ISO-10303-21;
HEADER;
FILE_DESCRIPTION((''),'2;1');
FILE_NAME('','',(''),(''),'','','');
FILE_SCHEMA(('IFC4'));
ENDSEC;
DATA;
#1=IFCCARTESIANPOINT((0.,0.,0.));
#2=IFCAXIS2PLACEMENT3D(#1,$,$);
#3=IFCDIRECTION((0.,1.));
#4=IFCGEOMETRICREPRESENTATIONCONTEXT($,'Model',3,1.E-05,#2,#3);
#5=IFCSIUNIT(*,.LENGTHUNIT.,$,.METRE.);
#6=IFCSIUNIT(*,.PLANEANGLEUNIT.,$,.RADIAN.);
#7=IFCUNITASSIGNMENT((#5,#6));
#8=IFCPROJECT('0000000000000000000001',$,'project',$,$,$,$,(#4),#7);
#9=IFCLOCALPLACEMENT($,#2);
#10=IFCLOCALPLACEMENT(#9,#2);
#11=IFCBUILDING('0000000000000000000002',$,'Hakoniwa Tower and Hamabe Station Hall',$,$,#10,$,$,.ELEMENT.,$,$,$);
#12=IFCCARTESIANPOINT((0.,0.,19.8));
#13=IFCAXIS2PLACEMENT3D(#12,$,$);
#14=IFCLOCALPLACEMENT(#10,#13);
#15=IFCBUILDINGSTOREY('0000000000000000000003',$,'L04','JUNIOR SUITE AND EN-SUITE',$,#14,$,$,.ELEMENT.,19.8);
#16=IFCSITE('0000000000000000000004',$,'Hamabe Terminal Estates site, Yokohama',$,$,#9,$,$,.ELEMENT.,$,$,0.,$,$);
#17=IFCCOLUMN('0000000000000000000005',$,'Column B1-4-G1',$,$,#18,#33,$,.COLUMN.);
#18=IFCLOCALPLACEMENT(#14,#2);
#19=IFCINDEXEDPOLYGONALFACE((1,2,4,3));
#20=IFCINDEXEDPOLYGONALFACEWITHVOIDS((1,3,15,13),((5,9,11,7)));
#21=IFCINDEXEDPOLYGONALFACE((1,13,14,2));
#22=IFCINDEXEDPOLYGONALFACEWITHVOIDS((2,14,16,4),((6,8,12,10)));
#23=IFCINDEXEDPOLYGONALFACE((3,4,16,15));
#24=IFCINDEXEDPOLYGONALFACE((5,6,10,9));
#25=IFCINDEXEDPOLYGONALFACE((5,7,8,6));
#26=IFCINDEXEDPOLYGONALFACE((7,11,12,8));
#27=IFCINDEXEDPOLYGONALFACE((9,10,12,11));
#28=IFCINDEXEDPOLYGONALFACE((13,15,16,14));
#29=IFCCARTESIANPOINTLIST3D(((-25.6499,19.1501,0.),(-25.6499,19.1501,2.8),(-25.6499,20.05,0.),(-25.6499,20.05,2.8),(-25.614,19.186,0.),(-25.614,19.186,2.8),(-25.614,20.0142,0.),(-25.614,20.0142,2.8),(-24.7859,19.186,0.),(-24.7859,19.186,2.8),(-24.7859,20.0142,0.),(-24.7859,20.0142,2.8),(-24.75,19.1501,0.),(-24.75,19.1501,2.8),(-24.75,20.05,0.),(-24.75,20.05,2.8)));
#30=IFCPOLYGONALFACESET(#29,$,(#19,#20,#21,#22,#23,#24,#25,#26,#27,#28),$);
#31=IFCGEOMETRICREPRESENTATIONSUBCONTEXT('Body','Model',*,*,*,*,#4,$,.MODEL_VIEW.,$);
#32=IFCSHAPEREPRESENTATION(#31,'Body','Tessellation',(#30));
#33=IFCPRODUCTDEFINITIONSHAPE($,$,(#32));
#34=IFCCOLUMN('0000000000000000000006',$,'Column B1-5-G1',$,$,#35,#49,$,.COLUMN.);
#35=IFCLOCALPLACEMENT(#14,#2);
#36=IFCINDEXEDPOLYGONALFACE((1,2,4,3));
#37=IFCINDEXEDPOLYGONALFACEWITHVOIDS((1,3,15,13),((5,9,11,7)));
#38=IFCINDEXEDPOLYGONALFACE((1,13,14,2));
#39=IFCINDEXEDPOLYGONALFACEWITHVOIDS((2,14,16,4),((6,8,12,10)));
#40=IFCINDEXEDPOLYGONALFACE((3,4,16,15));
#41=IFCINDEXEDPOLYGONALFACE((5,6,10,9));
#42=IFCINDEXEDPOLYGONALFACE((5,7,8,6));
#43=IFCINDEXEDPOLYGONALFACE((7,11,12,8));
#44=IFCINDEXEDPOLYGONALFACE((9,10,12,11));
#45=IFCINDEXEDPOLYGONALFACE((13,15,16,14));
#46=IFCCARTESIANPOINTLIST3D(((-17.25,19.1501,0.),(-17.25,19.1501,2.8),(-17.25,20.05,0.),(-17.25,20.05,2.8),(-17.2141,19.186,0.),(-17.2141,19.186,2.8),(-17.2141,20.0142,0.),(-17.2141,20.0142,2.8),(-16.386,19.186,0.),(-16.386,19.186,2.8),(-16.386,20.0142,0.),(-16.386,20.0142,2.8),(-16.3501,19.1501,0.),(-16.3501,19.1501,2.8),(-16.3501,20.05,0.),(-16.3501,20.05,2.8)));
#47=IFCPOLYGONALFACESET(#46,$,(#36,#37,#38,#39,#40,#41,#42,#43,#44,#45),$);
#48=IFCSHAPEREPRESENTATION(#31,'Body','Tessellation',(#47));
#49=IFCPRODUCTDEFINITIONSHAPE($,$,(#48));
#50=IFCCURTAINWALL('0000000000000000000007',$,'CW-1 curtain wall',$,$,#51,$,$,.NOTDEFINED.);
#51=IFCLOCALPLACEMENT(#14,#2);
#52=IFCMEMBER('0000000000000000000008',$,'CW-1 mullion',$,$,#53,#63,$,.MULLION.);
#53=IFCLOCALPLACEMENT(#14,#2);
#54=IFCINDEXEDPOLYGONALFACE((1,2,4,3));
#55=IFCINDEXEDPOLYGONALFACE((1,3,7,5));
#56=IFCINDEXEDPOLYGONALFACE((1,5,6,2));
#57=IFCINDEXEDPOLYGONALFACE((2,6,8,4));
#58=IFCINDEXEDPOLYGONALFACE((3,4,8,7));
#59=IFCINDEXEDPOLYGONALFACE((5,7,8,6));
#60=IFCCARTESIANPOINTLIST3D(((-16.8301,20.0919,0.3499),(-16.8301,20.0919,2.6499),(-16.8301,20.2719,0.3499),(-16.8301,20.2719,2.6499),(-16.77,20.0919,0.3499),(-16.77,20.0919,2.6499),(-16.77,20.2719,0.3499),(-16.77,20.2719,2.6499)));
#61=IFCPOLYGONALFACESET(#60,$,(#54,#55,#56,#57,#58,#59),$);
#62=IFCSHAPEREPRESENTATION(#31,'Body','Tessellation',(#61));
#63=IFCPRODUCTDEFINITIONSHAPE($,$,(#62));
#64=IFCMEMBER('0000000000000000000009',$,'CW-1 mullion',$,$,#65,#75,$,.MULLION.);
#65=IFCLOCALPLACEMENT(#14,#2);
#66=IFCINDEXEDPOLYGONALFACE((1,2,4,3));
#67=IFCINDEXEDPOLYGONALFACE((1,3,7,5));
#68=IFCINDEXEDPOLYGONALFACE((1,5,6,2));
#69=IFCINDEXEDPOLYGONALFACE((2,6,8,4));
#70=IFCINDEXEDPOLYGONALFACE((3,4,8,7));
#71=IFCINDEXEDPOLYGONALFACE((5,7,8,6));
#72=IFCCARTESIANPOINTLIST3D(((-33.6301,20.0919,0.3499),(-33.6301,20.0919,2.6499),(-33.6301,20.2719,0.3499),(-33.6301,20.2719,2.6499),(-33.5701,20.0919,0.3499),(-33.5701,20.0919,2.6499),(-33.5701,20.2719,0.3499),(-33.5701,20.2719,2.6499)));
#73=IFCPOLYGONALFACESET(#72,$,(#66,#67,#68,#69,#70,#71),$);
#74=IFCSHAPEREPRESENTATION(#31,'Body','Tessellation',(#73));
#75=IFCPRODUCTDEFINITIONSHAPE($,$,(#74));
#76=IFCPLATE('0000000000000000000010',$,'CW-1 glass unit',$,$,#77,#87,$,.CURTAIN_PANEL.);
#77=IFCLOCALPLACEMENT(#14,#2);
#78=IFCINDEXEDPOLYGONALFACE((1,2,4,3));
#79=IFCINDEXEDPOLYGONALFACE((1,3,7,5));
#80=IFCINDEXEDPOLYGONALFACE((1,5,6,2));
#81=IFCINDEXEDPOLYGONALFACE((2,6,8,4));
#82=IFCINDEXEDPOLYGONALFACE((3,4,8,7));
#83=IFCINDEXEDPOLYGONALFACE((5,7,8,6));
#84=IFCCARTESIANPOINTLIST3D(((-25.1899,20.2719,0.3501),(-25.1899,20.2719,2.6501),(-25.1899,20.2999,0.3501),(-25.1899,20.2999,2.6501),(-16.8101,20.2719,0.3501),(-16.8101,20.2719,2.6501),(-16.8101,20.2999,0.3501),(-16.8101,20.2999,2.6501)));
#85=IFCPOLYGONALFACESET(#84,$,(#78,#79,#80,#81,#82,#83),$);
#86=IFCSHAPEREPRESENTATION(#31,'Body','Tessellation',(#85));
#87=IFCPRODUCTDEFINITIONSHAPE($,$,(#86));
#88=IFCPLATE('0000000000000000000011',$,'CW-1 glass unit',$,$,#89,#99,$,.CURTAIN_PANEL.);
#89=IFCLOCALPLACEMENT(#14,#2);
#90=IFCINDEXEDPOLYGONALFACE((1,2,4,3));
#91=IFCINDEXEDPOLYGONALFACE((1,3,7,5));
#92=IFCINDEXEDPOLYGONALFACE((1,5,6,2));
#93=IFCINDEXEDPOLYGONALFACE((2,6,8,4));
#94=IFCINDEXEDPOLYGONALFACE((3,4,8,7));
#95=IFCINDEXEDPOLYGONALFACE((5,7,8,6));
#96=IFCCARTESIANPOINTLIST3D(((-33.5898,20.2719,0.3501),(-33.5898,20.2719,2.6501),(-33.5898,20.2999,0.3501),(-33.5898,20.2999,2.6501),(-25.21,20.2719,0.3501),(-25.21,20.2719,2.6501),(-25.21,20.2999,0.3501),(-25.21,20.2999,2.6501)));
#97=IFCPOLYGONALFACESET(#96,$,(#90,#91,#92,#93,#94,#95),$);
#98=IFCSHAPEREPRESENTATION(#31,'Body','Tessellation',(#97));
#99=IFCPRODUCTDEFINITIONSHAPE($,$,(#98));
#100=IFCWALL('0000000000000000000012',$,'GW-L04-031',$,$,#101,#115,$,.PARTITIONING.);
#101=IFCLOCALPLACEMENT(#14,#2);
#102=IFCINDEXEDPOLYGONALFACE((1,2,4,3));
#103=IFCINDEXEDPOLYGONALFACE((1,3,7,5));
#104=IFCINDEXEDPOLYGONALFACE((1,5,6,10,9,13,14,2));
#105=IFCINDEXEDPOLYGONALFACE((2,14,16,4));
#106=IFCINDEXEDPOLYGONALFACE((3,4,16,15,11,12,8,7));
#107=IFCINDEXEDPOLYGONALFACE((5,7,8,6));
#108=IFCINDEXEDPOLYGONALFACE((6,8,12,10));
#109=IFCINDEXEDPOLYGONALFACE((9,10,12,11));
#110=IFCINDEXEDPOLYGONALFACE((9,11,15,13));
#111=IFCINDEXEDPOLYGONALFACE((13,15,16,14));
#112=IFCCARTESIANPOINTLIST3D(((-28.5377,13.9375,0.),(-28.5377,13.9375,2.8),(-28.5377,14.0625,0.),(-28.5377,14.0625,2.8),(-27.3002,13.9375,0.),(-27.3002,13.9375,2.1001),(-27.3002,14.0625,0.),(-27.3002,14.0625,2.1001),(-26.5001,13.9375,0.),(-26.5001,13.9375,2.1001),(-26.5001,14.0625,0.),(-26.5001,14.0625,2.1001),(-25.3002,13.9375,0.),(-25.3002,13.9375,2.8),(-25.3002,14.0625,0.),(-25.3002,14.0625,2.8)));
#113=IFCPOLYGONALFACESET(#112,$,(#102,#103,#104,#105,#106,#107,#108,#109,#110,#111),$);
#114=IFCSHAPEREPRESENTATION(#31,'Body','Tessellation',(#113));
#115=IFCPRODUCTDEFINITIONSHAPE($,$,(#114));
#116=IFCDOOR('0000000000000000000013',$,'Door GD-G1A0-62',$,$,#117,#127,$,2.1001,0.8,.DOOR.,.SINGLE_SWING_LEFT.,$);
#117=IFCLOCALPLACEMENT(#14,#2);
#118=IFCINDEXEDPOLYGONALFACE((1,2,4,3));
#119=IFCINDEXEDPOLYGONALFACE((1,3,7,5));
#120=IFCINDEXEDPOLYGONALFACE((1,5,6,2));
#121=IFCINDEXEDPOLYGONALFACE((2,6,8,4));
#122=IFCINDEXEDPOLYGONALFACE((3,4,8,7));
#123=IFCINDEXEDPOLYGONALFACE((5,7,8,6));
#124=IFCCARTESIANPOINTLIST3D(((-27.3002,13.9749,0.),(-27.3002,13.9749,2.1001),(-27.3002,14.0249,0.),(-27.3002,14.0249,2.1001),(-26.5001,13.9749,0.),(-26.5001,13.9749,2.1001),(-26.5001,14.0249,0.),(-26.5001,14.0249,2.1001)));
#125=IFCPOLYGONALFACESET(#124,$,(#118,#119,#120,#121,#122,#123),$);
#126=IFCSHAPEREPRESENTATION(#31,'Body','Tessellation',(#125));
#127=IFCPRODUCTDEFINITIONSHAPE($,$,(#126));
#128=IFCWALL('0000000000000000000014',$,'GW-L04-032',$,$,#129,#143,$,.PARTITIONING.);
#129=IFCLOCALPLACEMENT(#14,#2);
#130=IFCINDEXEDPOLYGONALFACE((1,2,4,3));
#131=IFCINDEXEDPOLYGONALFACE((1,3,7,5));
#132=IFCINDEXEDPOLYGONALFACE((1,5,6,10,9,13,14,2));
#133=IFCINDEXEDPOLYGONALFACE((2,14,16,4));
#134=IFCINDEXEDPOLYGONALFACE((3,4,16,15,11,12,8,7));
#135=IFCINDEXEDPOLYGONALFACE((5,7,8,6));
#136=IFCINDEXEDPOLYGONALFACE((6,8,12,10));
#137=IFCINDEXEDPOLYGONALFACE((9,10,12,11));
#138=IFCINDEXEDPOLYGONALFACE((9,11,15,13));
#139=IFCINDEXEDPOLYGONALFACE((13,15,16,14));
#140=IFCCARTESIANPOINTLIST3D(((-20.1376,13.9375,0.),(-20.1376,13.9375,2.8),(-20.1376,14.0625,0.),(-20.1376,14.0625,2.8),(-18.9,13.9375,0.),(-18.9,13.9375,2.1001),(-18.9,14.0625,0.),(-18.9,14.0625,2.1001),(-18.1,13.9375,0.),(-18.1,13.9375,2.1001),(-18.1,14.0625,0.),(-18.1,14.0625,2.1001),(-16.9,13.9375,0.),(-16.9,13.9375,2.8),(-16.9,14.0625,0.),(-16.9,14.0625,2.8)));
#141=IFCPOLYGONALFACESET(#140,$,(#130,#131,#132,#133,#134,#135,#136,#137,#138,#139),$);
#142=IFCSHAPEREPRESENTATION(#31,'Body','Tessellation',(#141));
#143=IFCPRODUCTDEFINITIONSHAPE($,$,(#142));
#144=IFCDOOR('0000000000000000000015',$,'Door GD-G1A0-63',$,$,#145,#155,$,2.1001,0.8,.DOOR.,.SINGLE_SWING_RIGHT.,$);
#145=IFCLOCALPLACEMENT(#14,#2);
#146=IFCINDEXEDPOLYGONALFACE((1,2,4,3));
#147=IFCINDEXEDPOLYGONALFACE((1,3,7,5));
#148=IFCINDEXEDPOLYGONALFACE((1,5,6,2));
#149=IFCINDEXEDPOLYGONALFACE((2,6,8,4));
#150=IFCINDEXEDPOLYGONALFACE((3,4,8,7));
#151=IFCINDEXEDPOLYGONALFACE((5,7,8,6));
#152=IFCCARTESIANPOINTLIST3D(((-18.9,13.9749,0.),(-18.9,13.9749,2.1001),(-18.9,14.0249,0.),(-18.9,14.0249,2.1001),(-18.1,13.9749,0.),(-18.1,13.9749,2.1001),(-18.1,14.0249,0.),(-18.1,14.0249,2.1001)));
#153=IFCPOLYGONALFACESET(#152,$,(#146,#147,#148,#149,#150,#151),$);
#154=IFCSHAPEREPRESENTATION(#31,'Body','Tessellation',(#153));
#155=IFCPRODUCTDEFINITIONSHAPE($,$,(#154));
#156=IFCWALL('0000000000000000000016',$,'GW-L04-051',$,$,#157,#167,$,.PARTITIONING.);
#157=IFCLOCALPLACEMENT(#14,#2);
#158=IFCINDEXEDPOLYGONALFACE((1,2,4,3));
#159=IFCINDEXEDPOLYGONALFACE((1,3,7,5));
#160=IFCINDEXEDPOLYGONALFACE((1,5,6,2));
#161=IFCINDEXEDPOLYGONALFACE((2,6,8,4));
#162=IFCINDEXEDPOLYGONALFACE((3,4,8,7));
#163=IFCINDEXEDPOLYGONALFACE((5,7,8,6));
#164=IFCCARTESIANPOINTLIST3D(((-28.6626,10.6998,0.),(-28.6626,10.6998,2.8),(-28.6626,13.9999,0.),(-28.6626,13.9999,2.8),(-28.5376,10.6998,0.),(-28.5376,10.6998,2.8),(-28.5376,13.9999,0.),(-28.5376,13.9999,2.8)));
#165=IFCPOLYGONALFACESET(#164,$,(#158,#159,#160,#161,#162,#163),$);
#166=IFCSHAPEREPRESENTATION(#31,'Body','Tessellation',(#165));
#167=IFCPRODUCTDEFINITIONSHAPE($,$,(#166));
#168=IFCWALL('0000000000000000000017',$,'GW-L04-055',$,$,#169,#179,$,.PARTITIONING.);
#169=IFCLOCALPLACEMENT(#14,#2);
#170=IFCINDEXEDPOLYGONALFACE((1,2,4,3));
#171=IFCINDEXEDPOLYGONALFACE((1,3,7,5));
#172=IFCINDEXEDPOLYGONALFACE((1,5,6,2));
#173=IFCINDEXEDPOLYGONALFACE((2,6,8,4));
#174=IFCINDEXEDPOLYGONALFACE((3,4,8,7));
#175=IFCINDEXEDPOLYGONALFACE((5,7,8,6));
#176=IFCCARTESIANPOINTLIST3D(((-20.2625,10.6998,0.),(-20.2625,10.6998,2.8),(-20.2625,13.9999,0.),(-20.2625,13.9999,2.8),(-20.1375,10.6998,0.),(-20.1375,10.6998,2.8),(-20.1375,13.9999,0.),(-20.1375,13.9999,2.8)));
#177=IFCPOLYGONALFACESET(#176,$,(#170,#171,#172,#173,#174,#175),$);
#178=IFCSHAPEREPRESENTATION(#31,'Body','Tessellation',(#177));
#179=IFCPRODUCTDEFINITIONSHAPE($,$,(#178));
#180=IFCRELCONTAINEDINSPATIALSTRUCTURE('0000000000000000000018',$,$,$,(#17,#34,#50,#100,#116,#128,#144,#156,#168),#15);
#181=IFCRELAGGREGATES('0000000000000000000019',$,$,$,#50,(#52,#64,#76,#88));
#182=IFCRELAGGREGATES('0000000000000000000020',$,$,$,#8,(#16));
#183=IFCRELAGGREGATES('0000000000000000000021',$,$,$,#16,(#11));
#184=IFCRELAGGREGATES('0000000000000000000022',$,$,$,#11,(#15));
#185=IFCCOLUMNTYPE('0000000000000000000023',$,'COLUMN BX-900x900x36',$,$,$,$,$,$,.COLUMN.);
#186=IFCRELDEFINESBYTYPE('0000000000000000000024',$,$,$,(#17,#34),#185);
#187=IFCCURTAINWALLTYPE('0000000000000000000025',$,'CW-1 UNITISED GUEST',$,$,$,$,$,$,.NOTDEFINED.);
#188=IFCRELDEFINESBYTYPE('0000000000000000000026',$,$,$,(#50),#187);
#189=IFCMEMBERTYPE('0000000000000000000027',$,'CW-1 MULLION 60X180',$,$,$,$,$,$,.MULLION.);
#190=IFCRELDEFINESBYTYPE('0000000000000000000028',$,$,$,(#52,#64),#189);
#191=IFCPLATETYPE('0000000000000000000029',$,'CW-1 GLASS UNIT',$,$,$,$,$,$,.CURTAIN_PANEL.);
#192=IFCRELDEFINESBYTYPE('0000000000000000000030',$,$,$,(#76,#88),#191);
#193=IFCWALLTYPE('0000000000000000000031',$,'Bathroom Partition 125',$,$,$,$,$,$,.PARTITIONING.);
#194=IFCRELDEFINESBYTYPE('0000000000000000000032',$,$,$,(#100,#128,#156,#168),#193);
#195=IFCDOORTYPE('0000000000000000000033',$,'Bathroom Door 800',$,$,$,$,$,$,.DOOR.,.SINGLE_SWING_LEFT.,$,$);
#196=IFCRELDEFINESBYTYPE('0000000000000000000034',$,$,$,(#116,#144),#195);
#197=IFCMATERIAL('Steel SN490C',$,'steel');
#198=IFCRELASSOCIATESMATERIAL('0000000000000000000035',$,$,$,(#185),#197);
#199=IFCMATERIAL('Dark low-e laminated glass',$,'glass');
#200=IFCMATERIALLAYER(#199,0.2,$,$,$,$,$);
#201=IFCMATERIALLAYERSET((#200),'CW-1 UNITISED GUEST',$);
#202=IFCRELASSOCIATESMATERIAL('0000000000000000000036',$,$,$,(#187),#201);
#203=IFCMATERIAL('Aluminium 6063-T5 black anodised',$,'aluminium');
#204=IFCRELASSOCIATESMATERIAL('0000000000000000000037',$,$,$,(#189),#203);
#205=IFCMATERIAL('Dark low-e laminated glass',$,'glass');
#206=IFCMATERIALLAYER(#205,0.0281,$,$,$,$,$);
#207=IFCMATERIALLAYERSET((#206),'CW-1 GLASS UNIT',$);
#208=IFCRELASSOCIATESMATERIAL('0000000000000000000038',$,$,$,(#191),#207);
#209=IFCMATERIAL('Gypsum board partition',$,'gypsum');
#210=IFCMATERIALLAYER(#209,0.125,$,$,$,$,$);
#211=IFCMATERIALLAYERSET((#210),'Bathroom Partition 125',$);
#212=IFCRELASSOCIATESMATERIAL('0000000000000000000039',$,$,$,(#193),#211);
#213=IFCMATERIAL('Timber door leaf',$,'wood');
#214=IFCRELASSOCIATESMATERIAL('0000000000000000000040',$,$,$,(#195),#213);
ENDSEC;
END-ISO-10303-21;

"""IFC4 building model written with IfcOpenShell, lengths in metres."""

from ifc_helpers import new_model, si_unit, direction, frame, frame_2d, origin, origin_2d, place, context, subcontext, project, spatial, rectangle, hollow_rectangle, extrude, material, layer, layer_set, material_profile, profile_set, type_object, element, fill, aggregate, save


model = new_model("IFC4")

# Units and contexts
model_context = context("Model", 3, precision=1e-05, world=origin(), true_north=direction((0.0, 1.0)))
body_context = subcontext(model_context, "Body", "Model", "MODEL_VIEW")
ifc_project = project(units=[si_unit("LENGTHUNIT", "METRE"), si_unit("PLANEANGLEUNIT", "RADIAN")], contexts=[model_context])

# Site, building, storey
site_placement = place(None, origin())
site = spatial("IfcSite", under=ifc_project, at=site_placement, Name="Hamabe Terminal Estates site, Yokohama", CompositionType="ELEMENT", RefElevation=0.0)
building_placement = place(site_placement, origin())
building = spatial("IfcBuilding", under=site, at=building_placement, Name="Hakoniwa Tower and Hamabe Station Hall", CompositionType="ELEMENT")
storey_placement = place(building_placement, frame((0.0, 0.0, 19.8)))
storey = spatial("IfcBuildingStorey", under=building, at=storey_placement, Name="L04", Description="JUNIOR SUITE AND EN-SUITE", CompositionType="ELEMENT", Elevation=19.8)

# Columns
ifc_material_1 = material(Name="Steel SN490C", Category="steel")
ifc_material_profile_1 = material_profile(ifc_material_1, hollow_rectangle(XDim=0.8999, YDim=0.8999, WallThickness=0.0359, at=origin_2d()), Name="BX-900x900x36")
ifc_profile_set_1 = profile_set([ifc_material_profile_1], Name="Steel SN490C")
column_type = type_object("IfcColumnType", Name="COLUMN BX-900x900x36", PredefinedType="COLUMN", material=ifc_profile_set_1)
for number, where, z_axis, x_axis, name in (
    (1, (-25.2, 19.6001, 0.0), (0.0, 0.0, 1.0), (1.0, 0.0, 0.0), "Column B1-4-G1"),
    (2, (-16.8, 19.6001, 0.0), (0.0, 0.0, 1.0), (1.0, 0.0, 0.0), "Column B1-5-G1"),
):
    element("IfcColumn", number, at=place(storey_placement, frame(where, z_axis=z_axis, x_axis=x_axis)), inside=storey, type_object=column_type, Name=name, PredefinedType="COLUMN", context=body_context, shape_type="SweptSolid", body=[
        extrude(hollow_rectangle(XDim=0.8999, YDim=0.8999, WallThickness=0.0359, at=origin_2d()), origin(), (0.0, 0.0, 1.0), 2.8),
    ])

# Curtain wall, members, plates
ifc_material_2 = material(Name="Dark low-e laminated glass", Category="glass")
ifc_layer_1 = layer(ifc_material_2, 0.2)
ifc_layer_set_1 = layer_set([ifc_layer_1], Name="CW-1 UNITISED GUEST")
curtain_wall_type = type_object("IfcCurtainWallType", Name="CW-1 UNITISED GUEST", PredefinedType="NOTDEFINED", material=ifc_layer_set_1)
curtain_wall_placement = place(storey_placement, origin())
curtain_wall = element("IfcCurtainWall", 3, at=curtain_wall_placement, inside=storey, type_object=curtain_wall_type, Name="CW-1 curtain wall", PredefinedType="NOTDEFINED")
ifc_material_3 = material(Name="Aluminium 6063-T5 black anodised", Category="aluminium")
ifc_material_profile_2 = material_profile(ifc_material_3, rectangle(XDim=0.0601, YDim=0.1799, at=origin_2d()), Name="CW-1 MULLION 60X180")
ifc_profile_set_2 = profile_set([ifc_material_profile_2], Name="Aluminium 6063-T5 black anodised")
member_type = type_object("IfcMemberType", Name="CW-1 MULLION 60X180", PredefinedType="MULLION", material=ifc_profile_set_2)
member_1_placement = place(storey_placement, frame((-16.8, 20.1819, 0.3499), z_axis=(0.0, 0.0, 1.0), x_axis=(-1.0, 0.0, 0.0)))
member_1 = element("IfcMember", 4, at=member_1_placement, type_object=member_type, Name="CW-1 mullion", PredefinedType="MULLION", context=body_context, shape_type="SweptSolid", body=[
    extrude(rectangle(XDim=0.0601, YDim=0.1799, at=origin_2d()), origin(), (0.0, 0.0, 1.0), 2.3),
])
member_2_placement = place(storey_placement, frame((-33.6001, 20.1819, 0.3499), z_axis=(0.0, 0.0, 1.0), x_axis=(-1.0, 0.0, 0.0)))
member_2 = element("IfcMember", 5, at=member_2_placement, type_object=member_type, Name="CW-1 mullion", PredefinedType="MULLION", context=body_context, shape_type="SweptSolid", body=[
    extrude(rectangle(XDim=0.0601, YDim=0.1799, at=origin_2d()), origin(), (0.0, 0.0, 1.0), 2.3),
])
ifc_material_4 = material(Name="Dark low-e laminated glass", Category="glass")
ifc_layer_2 = layer(ifc_material_4, 0.0281)
ifc_layer_set_2 = layer_set([ifc_layer_2], Name="CW-1 GLASS UNIT")
plate_type = type_object("IfcPlateType", Name="CW-1 GLASS UNIT", PredefinedType="CURTAIN_PANEL", material=ifc_layer_set_2)
plate_1_placement = place(storey_placement, frame((-21.0, 20.2859, 0.3501), z_axis=(0.0, 0.0, 1.0), x_axis=(-1.0, 0.0, 0.0)))
plate_1 = element("IfcPlate", 6, at=plate_1_placement, type_object=plate_type, Name="CW-1 glass unit", PredefinedType="CURTAIN_PANEL", context=body_context, shape_type="SweptSolid", body=[
    extrude(rectangle(XDim=8.3799, YDim=0.0281, at=origin_2d()), origin(), (0.0, 0.0, 1.0), 2.3),
])
plate_2_placement = place(storey_placement, frame((-29.3999, 20.2859, 0.3501), z_axis=(0.0, 0.0, 1.0), x_axis=(-1.0, 0.0, 0.0)))
plate_2 = element("IfcPlate", 7, at=plate_2_placement, type_object=plate_type, Name="CW-1 glass unit", PredefinedType="CURTAIN_PANEL", context=body_context, shape_type="SweptSolid", body=[
    extrude(rectangle(XDim=8.3799, YDim=0.0281, at=origin_2d()), origin(), (0.0, 0.0, 1.0), 2.3),
])
aggregate(curtain_wall, [member_1, member_2, plate_1, plate_2])

# Walls, openings, doors
ifc_material_5 = material(Name="Gypsum board partition", Category="gypsum")
ifc_layer_3 = layer(ifc_material_5, 0.125)
ifc_layer_set_3 = layer_set([ifc_layer_3], Name="Bathroom Partition 125")
wall_type_1 = type_object("IfcWallType", Name="Bathroom Partition 125", PredefinedType="PARTITIONING", material=ifc_layer_set_3)
wall_1_placement = place(storey_placement, frame((-28.5376, 14.0, 0.0), z_axis=(0.0, 0.0, 1.0), x_axis=(1.0, 0.0, 0.0)))
wall_1 = element("IfcWall", 8, at=wall_1_placement, inside=storey, type_object=wall_type_1, Name="GW-L04-031", PredefinedType="PARTITIONING", context=body_context, shape_type="SweptSolid", body=[
    extrude(rectangle(XDim=3.2375, YDim=0.125, at=frame_2d((1.6187, 0.0))), origin(), (0.0, 0.0, 1.0), 2.8),
])
opening_1_placement = place(wall_1_placement, frame((1.2375, 0.0, 0.0)))
opening_1 = element("IfcOpeningElement", 9, at=opening_1_placement, cuts=wall_1, PredefinedType="OPENING", context=body_context, shape_type="SweptSolid", body=[
    extrude(rectangle(XDim=0.8, YDim=2.1001, at=frame_2d((0.3999, 1.05))), frame((0.0, 0.0725, 0.0), z_axis=(0.0, -1.0, 0.0), x_axis=(1.0, 0.0, 0.0)), (0.0, 0.0, 1.0), 0.145),
])
ifc_material_6 = material(Name="Timber door leaf", Category="wood")
door_type_1 = type_object("IfcDoorType", Name="Bathroom Door 800", OperationType="SINGLE_SWING_LEFT", PredefinedType="DOOR", material=ifc_material_6)
door_1_placement = place(opening_1_placement, origin())
door_1 = element("IfcDoor", 10, at=door_1_placement, inside=storey, type_object=door_type_1, Name="Door GD-G1A0-62", OperationType="SINGLE_SWING_LEFT", OverallHeight=2.1001, OverallWidth=0.8, PredefinedType="DOOR", context=body_context, shape_type="SweptSolid", body=[
    extrude(rectangle(XDim=0.8, YDim=2.1001, at=frame_2d((0.3999, 1.05))), frame((0.0, 0.0249, 0.0), z_axis=(0.0, -1.0, 0.0), x_axis=(1.0, 0.0, 0.0)), (0.0, 0.0, 1.0), 0.05),
])
fill(opening_1, door_1)
wall_2_placement = place(storey_placement, frame((-20.1375, 14.0, 0.0), z_axis=(0.0, 0.0, 1.0), x_axis=(1.0, 0.0, 0.0)))
wall_2 = element("IfcWall", 11, at=wall_2_placement, inside=storey, type_object=wall_type_1, Name="GW-L04-032", PredefinedType="PARTITIONING", context=body_context, shape_type="SweptSolid", body=[
    extrude(rectangle(XDim=3.2375, YDim=0.125, at=frame_2d((1.6187, 0.0))), origin(), (0.0, 0.0, 1.0), 2.8),
])
opening_2_placement = place(wall_2_placement, frame((1.2375, 0.0, 0.0)))
opening_2 = element("IfcOpeningElement", 12, at=opening_2_placement, cuts=wall_2, PredefinedType="OPENING", context=body_context, shape_type="SweptSolid", body=[
    extrude(rectangle(XDim=0.8, YDim=2.1001, at=frame_2d((0.3999, 1.05))), frame((0.0, 0.0725, 0.0), z_axis=(0.0, -1.0, 0.0), x_axis=(1.0, 0.0, 0.0)), (0.0, 0.0, 1.0), 0.145),
])
door_2_placement = place(opening_2_placement, origin())
door_2 = element("IfcDoor", 13, at=door_2_placement, inside=storey, type_object=door_type_1, Name="Door GD-G1A0-63", OperationType="SINGLE_SWING_RIGHT", OverallHeight=2.1001, OverallWidth=0.8, PredefinedType="DOOR", context=body_context, shape_type="SweptSolid", body=[
    extrude(rectangle(XDim=0.8, YDim=2.1001, at=frame_2d((0.3999, 1.05))), frame((0.0, 0.0249, 0.0), z_axis=(0.0, -1.0, 0.0), x_axis=(1.0, 0.0, 0.0)), (0.0, 0.0, 1.0), 0.05),
])
fill(opening_2, door_2)

# Walls
for number, where, z_axis, x_axis, name in (
    (14, (-28.6001, 10.7, 0.0), (0.0, 0.0, 1.0), (0.0, 1.0, 0.0), "GW-L04-051"),
    (15, (-20.2, 10.7, 0.0), (0.0, 0.0, 1.0), (0.0, 1.0, 0.0), "GW-L04-055"),
):
    element("IfcWall", number, at=place(storey_placement, frame(where, z_axis=z_axis, x_axis=x_axis)), inside=storey, type_object=wall_type_1, Name=name, PredefinedType="PARTITIONING", context=body_context, shape_type="SweptSolid", body=[
        extrude(rectangle(XDim=3.3, YDim=0.125, at=frame_2d((1.6499, 0.0))), origin(), (0.0, 0.0, 1.0), 2.8),
    ])

save(model, "model.ifc")
